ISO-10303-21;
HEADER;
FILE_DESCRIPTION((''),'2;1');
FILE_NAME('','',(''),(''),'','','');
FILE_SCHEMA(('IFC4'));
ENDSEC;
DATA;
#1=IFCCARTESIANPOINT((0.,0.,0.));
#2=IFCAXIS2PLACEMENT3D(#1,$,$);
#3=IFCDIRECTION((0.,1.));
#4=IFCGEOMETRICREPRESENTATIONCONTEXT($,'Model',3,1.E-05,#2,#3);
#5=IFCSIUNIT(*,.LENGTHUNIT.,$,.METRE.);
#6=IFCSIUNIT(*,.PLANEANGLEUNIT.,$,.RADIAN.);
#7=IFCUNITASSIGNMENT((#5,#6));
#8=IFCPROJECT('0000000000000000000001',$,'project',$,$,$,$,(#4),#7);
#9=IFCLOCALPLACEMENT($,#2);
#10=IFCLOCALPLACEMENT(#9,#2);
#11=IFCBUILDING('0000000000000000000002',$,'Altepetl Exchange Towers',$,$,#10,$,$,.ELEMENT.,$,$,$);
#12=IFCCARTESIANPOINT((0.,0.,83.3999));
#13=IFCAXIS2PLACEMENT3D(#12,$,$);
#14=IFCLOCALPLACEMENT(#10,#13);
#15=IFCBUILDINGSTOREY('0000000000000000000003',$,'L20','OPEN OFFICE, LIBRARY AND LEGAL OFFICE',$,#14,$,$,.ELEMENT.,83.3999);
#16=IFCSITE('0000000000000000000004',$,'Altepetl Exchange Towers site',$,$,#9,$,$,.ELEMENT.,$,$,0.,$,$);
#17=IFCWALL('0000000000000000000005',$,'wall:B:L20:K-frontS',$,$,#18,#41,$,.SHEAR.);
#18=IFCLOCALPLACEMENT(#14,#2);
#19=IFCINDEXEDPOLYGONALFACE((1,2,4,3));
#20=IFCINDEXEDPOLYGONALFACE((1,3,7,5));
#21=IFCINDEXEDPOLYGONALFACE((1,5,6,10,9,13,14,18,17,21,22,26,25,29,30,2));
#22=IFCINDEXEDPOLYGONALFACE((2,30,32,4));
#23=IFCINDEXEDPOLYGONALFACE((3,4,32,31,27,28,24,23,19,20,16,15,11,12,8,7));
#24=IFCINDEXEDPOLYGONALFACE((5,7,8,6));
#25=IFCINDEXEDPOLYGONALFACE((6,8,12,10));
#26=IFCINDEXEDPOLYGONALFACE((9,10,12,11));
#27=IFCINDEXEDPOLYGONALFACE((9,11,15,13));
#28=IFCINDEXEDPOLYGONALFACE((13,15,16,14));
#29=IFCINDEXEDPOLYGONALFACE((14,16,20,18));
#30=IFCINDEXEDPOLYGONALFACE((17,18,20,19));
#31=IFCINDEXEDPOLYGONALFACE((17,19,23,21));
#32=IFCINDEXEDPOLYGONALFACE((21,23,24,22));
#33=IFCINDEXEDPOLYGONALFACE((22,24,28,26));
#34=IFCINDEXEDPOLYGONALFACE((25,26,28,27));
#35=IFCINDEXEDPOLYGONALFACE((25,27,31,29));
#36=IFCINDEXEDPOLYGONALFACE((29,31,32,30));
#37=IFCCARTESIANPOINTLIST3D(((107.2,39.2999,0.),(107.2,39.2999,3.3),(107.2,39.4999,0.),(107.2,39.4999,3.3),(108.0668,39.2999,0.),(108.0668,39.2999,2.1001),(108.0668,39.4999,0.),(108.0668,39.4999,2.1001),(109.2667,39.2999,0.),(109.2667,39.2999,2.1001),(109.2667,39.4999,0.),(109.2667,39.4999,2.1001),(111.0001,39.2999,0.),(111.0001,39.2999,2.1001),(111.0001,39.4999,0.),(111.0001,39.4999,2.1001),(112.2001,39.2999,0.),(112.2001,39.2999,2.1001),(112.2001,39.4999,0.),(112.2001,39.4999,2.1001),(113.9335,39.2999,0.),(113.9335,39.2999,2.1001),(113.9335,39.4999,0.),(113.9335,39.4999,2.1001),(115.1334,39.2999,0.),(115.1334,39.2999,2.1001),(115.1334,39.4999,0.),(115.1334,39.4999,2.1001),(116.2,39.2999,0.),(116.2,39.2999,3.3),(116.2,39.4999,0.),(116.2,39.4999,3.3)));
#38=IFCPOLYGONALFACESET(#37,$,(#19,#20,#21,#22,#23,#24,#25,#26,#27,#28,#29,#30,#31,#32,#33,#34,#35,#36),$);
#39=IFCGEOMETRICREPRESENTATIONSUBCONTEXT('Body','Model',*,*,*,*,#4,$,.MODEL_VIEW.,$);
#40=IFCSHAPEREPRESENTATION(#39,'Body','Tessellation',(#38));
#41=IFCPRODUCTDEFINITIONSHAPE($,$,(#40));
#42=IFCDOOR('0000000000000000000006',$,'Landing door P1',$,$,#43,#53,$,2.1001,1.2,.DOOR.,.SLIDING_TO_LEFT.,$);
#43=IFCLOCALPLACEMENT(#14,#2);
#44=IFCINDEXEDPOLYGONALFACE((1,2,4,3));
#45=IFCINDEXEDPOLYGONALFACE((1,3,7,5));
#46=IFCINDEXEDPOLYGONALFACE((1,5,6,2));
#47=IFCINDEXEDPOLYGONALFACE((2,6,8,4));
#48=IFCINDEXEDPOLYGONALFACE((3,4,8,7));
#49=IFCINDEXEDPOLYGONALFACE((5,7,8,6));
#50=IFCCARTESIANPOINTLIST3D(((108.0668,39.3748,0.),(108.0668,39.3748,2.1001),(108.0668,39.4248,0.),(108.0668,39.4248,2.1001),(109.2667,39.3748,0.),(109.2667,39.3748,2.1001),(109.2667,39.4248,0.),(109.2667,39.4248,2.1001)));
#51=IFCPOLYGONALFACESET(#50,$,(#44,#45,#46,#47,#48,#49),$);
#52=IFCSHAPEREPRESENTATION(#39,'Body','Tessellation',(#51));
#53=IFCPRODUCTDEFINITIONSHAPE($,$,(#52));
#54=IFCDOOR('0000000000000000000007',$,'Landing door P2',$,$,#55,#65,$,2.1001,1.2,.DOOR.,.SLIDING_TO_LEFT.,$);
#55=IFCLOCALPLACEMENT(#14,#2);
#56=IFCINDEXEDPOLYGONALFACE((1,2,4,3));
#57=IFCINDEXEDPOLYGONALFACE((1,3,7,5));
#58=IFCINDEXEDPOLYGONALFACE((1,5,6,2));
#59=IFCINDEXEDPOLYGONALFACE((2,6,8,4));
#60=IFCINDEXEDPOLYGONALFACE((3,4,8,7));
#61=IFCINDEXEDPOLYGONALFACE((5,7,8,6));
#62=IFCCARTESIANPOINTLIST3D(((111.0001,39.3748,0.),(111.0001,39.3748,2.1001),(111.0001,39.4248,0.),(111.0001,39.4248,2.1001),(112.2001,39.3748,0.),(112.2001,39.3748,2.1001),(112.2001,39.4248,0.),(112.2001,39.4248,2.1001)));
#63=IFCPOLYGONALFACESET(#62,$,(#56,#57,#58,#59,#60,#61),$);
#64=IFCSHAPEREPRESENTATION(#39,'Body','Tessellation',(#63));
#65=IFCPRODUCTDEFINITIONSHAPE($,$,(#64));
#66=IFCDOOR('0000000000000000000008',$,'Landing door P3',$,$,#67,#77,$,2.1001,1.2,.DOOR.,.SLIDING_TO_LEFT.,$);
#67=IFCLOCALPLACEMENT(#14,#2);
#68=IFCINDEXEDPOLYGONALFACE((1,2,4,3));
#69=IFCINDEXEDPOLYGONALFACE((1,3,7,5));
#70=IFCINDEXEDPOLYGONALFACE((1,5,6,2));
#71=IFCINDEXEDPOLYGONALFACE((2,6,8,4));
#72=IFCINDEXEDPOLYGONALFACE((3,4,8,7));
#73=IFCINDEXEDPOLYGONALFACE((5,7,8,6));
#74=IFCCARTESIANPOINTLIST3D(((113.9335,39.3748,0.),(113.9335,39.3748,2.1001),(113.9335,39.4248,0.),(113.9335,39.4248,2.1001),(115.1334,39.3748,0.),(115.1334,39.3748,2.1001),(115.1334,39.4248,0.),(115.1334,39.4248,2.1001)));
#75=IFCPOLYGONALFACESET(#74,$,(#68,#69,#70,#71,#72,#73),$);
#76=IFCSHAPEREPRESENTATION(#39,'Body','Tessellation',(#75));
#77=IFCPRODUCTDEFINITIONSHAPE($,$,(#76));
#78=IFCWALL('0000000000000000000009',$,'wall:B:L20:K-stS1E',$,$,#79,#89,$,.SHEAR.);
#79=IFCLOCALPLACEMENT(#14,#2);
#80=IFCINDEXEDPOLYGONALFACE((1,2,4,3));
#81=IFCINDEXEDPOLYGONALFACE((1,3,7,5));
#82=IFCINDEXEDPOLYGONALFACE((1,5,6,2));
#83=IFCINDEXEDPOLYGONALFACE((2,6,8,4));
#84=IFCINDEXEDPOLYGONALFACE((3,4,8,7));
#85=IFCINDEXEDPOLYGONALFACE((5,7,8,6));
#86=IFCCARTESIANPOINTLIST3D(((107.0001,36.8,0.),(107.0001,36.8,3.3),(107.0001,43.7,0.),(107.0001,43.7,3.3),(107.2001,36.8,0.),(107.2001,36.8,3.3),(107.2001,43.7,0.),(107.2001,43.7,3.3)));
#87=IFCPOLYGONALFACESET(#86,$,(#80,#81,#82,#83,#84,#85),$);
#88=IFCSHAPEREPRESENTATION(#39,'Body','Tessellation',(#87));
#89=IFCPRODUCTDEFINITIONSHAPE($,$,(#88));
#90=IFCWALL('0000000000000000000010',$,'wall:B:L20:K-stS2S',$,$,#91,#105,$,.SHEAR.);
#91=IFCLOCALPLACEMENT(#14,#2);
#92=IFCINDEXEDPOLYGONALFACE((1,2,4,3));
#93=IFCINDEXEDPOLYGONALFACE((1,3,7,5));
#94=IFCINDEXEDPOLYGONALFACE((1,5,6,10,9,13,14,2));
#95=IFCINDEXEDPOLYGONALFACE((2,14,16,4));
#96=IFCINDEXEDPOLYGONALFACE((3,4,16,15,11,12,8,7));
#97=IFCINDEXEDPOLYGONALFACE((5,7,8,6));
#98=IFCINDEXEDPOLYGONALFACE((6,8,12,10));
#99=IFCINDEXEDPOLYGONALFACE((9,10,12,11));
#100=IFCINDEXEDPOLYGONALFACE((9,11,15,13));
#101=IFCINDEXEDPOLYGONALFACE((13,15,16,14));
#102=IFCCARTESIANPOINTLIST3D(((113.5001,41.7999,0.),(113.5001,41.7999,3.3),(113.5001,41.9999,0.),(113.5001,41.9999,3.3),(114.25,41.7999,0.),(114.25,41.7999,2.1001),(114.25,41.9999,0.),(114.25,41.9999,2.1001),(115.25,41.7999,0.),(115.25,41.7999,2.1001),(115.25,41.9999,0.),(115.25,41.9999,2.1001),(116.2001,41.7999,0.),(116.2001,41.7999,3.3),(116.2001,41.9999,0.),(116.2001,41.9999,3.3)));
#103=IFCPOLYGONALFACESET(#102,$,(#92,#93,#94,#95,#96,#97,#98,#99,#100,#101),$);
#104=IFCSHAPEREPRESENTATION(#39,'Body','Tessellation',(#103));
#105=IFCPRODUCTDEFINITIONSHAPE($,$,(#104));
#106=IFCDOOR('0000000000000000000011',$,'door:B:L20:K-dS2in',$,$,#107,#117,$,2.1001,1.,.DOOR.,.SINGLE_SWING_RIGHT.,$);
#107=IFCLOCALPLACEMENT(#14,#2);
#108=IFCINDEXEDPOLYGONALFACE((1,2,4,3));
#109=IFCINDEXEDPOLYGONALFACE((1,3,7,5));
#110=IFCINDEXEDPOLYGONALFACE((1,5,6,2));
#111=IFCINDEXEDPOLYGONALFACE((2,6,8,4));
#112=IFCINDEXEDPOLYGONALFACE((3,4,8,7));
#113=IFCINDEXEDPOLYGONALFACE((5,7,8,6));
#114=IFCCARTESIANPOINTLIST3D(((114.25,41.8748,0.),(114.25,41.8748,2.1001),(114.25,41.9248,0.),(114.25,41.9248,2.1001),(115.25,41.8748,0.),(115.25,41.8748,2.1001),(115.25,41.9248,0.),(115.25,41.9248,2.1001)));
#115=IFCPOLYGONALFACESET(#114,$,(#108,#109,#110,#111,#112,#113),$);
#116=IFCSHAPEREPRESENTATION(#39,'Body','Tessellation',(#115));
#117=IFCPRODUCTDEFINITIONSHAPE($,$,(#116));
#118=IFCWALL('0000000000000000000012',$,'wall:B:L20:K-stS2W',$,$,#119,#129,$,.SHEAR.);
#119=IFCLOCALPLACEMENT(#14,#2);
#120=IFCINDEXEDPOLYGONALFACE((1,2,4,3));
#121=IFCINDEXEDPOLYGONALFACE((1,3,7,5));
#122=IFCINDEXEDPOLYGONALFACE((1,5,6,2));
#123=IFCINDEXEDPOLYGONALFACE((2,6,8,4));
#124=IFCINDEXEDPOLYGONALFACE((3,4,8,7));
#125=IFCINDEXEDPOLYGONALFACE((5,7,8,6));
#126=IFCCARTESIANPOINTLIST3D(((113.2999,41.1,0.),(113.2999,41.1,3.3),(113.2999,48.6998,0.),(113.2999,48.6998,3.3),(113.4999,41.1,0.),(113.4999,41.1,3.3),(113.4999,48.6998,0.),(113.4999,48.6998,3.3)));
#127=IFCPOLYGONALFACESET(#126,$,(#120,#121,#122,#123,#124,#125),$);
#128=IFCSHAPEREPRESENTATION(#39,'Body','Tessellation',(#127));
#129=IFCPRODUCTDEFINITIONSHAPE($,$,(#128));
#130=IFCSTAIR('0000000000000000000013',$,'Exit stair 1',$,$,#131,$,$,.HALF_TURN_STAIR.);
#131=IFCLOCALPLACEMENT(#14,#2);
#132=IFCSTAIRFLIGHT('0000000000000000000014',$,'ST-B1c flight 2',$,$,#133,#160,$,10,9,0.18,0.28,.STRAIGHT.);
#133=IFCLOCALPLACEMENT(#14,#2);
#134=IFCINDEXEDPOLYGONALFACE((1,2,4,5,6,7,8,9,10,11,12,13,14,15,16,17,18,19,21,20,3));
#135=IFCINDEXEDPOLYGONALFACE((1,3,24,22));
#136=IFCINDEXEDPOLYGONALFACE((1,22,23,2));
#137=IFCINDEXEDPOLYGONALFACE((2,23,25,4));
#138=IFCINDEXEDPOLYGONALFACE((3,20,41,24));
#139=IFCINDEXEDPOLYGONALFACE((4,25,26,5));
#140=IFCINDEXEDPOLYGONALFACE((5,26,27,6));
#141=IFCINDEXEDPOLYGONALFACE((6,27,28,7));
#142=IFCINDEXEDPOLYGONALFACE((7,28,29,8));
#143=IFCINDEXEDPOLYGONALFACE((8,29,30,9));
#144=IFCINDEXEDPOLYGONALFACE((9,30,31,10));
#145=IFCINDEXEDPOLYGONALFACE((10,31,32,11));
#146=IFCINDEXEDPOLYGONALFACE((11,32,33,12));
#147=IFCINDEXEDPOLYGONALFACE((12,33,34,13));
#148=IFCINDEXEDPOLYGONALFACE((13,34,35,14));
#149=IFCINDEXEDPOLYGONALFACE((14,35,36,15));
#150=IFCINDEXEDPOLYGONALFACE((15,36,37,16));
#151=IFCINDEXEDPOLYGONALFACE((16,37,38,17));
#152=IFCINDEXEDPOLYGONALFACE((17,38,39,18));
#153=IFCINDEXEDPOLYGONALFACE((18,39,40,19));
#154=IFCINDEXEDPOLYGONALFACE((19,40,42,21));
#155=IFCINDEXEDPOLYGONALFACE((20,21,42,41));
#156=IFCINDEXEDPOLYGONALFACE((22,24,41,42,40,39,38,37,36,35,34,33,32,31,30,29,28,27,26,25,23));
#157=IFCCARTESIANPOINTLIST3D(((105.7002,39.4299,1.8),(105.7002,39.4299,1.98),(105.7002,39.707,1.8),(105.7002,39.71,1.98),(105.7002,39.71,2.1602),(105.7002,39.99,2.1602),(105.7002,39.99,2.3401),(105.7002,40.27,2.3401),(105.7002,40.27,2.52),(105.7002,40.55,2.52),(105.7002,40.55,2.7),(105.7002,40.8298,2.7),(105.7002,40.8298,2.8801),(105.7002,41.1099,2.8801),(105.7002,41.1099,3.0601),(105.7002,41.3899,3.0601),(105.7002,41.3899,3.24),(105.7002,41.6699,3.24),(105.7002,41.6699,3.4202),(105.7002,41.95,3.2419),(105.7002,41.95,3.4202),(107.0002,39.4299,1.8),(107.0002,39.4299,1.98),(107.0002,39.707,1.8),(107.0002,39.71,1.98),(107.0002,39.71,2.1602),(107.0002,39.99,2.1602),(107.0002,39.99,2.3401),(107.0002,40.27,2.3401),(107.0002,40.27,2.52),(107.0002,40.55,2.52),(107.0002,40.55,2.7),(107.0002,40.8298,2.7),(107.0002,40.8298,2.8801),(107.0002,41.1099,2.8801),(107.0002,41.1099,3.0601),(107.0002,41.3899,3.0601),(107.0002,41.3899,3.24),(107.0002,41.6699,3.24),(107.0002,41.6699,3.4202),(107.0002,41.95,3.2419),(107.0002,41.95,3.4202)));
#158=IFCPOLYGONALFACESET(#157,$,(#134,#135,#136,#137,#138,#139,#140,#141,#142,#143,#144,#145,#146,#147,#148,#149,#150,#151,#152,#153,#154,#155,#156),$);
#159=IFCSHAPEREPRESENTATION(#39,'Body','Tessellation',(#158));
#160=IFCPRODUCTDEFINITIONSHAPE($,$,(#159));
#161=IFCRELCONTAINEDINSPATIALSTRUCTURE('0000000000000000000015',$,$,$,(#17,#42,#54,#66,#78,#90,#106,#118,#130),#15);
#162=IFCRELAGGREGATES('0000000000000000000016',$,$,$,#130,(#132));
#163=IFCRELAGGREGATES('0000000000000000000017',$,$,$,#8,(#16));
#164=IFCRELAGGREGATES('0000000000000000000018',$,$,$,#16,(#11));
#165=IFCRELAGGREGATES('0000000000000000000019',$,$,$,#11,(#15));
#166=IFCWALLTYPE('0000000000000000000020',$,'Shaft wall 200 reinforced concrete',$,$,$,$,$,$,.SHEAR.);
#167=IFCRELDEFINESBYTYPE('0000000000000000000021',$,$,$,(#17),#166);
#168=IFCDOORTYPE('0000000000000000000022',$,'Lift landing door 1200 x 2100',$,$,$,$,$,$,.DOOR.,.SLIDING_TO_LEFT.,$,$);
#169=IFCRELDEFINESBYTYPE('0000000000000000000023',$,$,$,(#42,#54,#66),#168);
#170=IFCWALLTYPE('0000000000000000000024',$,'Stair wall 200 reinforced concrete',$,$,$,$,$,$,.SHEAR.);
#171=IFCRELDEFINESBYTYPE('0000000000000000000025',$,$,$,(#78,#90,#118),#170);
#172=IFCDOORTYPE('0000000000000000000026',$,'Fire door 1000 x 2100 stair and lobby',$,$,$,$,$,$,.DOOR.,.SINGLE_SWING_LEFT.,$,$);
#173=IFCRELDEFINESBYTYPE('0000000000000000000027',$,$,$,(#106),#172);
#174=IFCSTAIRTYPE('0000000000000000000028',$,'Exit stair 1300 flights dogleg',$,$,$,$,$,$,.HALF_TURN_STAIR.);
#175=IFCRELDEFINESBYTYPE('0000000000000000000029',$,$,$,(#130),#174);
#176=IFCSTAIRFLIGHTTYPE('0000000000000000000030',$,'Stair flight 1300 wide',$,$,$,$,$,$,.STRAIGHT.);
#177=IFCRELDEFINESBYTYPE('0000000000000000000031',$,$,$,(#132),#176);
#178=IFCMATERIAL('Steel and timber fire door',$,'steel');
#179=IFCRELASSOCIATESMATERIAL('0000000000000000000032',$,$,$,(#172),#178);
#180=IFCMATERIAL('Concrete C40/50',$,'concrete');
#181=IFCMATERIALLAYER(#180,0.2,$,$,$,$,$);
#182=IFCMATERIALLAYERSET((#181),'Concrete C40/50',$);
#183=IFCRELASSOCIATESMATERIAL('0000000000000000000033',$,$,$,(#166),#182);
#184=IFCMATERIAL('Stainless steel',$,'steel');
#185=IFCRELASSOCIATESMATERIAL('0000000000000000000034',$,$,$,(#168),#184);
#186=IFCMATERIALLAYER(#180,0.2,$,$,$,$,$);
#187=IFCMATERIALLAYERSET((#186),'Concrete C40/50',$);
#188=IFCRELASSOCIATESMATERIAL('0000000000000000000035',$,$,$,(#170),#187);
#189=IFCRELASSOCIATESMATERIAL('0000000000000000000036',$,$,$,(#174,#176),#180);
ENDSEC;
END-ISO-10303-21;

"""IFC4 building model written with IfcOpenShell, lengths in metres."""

from ifc_helpers import new_model, si_unit, direction, frame, frame_2d, origin, place, context, subcontext, project, spatial, polyline, rectangle, outline, extrude, material, layer, layer_set, type_object, element, fill, aggregate, save


model = new_model("IFC4")

# Units and contexts
model_context = context("Model", 3, precision=1e-05, world=origin(), true_north=direction((0.0, 1.0)))
body_context = subcontext(model_context, "Body", "Model", "MODEL_VIEW")
ifc_project = project(units=[si_unit("LENGTHUNIT", "METRE"), si_unit("PLANEANGLEUNIT", "RADIAN")], contexts=[model_context])

# Site, building, storey
site_placement = place(None, origin())
site = spatial("IfcSite", under=ifc_project, at=site_placement, Name="Altepetl Exchange Towers site", CompositionType="ELEMENT", RefElevation=0.0)
building_placement = place(site_placement, origin())
building = spatial("IfcBuilding", under=site, at=building_placement, Name="Altepetl Exchange Towers", CompositionType="ELEMENT")
storey_placement = place(building_placement, frame((0.0, 0.0, 83.3999)))
storey = spatial("IfcBuildingStorey", under=building, at=storey_placement, Name="L20", Description="OPEN OFFICE, LIBRARY AND LEGAL OFFICE", CompositionType="ELEMENT", Elevation=83.3999)

# Shared definitions
ifc_material_1 = material(Name="Steel and timber fire door", Category="steel")
door_type_1 = type_object("IfcDoorType", Name="Fire door 1000 x 2100 stair and lobby", OperationType="SINGLE_SWING_LEFT", PredefinedType="DOOR", material=ifc_material_1)

# Shared definitions
ifc_material_2 = material(Name="Concrete C40/50", Category="concrete")
ifc_layer_1 = layer(ifc_material_2, 0.2)
ifc_layer_set_1 = layer_set([ifc_layer_1], Name="Concrete C40/50")
wall_type_1 = type_object("IfcWallType", Name="Shaft wall 200 reinforced concrete", PredefinedType="SHEAR", material=ifc_layer_set_1)

# Wall, openings, doors
wall_1_placement = place(storey_placement, frame((107.2, 39.3999, 0.0)))
wall_1 = element("IfcWall", 1, at=wall_1_placement, inside=storey, type_object=wall_type_1, Name="wall:B:L20:K-frontS", PredefinedType="SHEAR", context=body_context, shape_type="SweptSolid", body=[
    extrude(rectangle(XDim=9.0, YDim=0.2, at=frame_2d((4.5, 0.0))), origin(), (0.0, 0.0, 1.0), 3.3),
])
opening_1_placement = place(wall_1_placement, frame((0.8667, 0.0, 0.0)))
opening_1 = element("IfcOpeningElement", 2, at=opening_1_placement, cuts=wall_1, PredefinedType="OPENING", context=body_context, shape_type="SweptSolid", body=[
    extrude(rectangle(XDim=1.2, YDim=2.1001, at=frame_2d((0.6001, 1.05))), frame((0.0, 0.1099, 0.0), z_axis=(0.0, -1.0, 0.0), x_axis=(1.0, 0.0, 0.0)), (0.0, 0.0, 1.0), 0.22),
])
opening_2_placement = place(wall_1_placement, frame((3.8, 0.0, 0.0)))
opening_2 = element("IfcOpeningElement", 3, at=opening_2_placement, cuts=wall_1, PredefinedType="OPENING", context=body_context, shape_type="SweptSolid", body=[
    extrude(rectangle(XDim=1.2, YDim=2.1001, at=frame_2d((0.6001, 1.05))), frame((0.0, 0.1099, 0.0), z_axis=(0.0, -1.0, 0.0), x_axis=(1.0, 0.0, 0.0)), (0.0, 0.0, 1.0), 0.22),
])
opening_3_placement = place(wall_1_placement, frame((6.7334, 0.0, 0.0)))
opening_3 = element("IfcOpeningElement", 4, at=opening_3_placement, cuts=wall_1, PredefinedType="OPENING", context=body_context, shape_type="SweptSolid", body=[
    extrude(rectangle(XDim=1.2, YDim=2.1001, at=frame_2d((0.6001, 1.05))), frame((0.0, 0.1099, 0.0), z_axis=(0.0, -1.0, 0.0), x_axis=(1.0, 0.0, 0.0)), (0.0, 0.0, 1.0), 0.22),
])
ifc_material_3 = material(Name="Stainless steel", Category="steel")
door_type_2 = type_object("IfcDoorType", Name="Lift landing door 1200 x 2100", OperationType="SLIDING_TO_LEFT", PredefinedType="DOOR", material=ifc_material_3)
door_1_placement = place(opening_1_placement, origin())
door_1 = element("IfcDoor", 5, at=door_1_placement, inside=storey, type_object=door_type_2, Name="Landing door P1", OperationType="SLIDING_TO_LEFT", OverallHeight=2.1001, OverallWidth=1.2, PredefinedType="DOOR", context=body_context, shape_type="SweptSolid", body=[
    extrude(rectangle(XDim=1.2, YDim=2.1001, at=frame_2d((0.6001, 1.05))), frame((0.0, 0.0249, 0.0), z_axis=(0.0, -1.0, 0.0), x_axis=(1.0, 0.0, 0.0)), (0.0, 0.0, 1.0), 0.05),
])
fill(opening_1, door_1)
door_2_placement = place(opening_2_placement, origin())
door_2 = element("IfcDoor", 6, at=door_2_placement, inside=storey, type_object=door_type_2, Name="Landing door P2", OperationType="SLIDING_TO_LEFT", OverallHeight=2.1001, OverallWidth=1.2, PredefinedType="DOOR", context=body_context, shape_type="SweptSolid", body=[
    extrude(rectangle(XDim=1.2, YDim=2.1001, at=frame_2d((0.6001, 1.05))), frame((0.0, 0.0249, 0.0), z_axis=(0.0, -1.0, 0.0), x_axis=(1.0, 0.0, 0.0)), (0.0, 0.0, 1.0), 0.05),
])
fill(opening_2, door_2)
door_3_placement = place(opening_3_placement, origin())
door_3 = element("IfcDoor", 7, at=door_3_placement, inside=storey, type_object=door_type_2, Name="Landing door P3", OperationType="SLIDING_TO_LEFT", OverallHeight=2.1001, OverallWidth=1.2, PredefinedType="DOOR", context=body_context, shape_type="SweptSolid", body=[
    extrude(rectangle(XDim=1.2, YDim=2.1001, at=frame_2d((0.6001, 1.05))), frame((0.0, 0.0249, 0.0), z_axis=(0.0, -1.0, 0.0), x_axis=(1.0, 0.0, 0.0)), (0.0, 0.0, 1.0), 0.05),
])
fill(opening_3, door_3)

# Wall
ifc_layer_2 = layer(ifc_material_2, 0.2)
ifc_layer_set_2 = layer_set([ifc_layer_2], Name="Concrete C40/50")
wall_type_2 = type_object("IfcWallType", Name="Stair wall 200 reinforced concrete", PredefinedType="SHEAR", material=ifc_layer_set_2)
wall_2_placement = place(storey_placement, frame((107.1001, 36.8, 0.0), z_axis=(0.0, 0.0, 1.0), x_axis=(0.0, 1.0, 0.0)))
element("IfcWall", 8, at=wall_2_placement, inside=storey, type_object=wall_type_2, Name="wall:B:L20:K-stS1E", PredefinedType="SHEAR", context=body_context, shape_type="SweptSolid", body=[
    extrude(rectangle(XDim=6.8999, YDim=0.2, at=frame_2d((3.45, 0.0))), origin(), (0.0, 0.0, 1.0), 3.3),
])

# Wall, opening, door
wall_3_placement = place(storey_placement, frame((113.5, 41.8999, 0.0)))
wall_3 = element("IfcWall", 9, at=wall_3_placement, inside=storey, type_object=wall_type_2, Name="wall:B:L20:K-stS2S", PredefinedType="SHEAR", context=body_context, shape_type="SweptSolid", body=[
    extrude(rectangle(XDim=2.7, YDim=0.2, at=frame_2d((1.3501, 0.0))), origin(), (0.0, 0.0, 1.0), 3.3),
])
opening_4_placement = place(wall_3_placement, frame((0.75, 0.0, 0.0)))
opening_4 = element("IfcOpeningElement", 10, at=opening_4_placement, cuts=wall_3, PredefinedType="OPENING", context=body_context, shape_type="SweptSolid", body=[
    extrude(rectangle(XDim=1.0, YDim=2.1001, at=frame_2d((0.5, 1.05))), frame((0.0, 0.1099, 0.0), z_axis=(0.0, -1.0, 0.0), x_axis=(1.0, 0.0, 0.0)), (0.0, 0.0, 1.0), 0.22),
])
door_4_placement = place(opening_4_placement, origin())
door_4 = element("IfcDoor", 11, at=door_4_placement, inside=storey, type_object=door_type_1, Name="door:B:L20:K-dS2in", OperationType="SINGLE_SWING_RIGHT", OverallHeight=2.1001, OverallWidth=1.0, PredefinedType="DOOR", context=body_context, shape_type="SweptSolid", body=[
    extrude(rectangle(XDim=1.0, YDim=2.1001, at=frame_2d((0.5, 1.05))), frame((0.0, 0.0249, 0.0), z_axis=(0.0, -1.0, 0.0), x_axis=(1.0, 0.0, 0.0)), (0.0, 0.0, 1.0), 0.05),
])
fill(opening_4, door_4)

# Wall
wall_4_placement = place(storey_placement, frame((113.3999, 41.1001, 0.0), z_axis=(0.0, 0.0, 1.0), x_axis=(0.0, 1.0, 0.0)))
element("IfcWall", 12, at=wall_4_placement, inside=storey, type_object=wall_type_2, Name="wall:B:L20:K-stS2W", PredefinedType="SHEAR", context=body_context, shape_type="SweptSolid", body=[
    extrude(rectangle(XDim=7.5999, YDim=0.2, at=frame_2d((3.7998, 0.0))), origin(), (0.0, 0.0, 1.0), 3.3),
])

# Stair, stair flight
stair_type = type_object("IfcStairType", Name="Exit stair 1300 flights dogleg", PredefinedType="HALF_TURN_STAIR", material=ifc_material_2)
stair_placement = place(storey_placement, origin())
stair = element("IfcStair", 13, at=stair_placement, inside=storey, type_object=stair_type, Name="Exit stair 1", PredefinedType="HALF_TURN_STAIR")
stair_flight_type = type_object("IfcStairFlightType", Name="Stair flight 1300 wide", PredefinedType="STRAIGHT", material=ifc_material_2)
stair_flight_placement = place(storey_placement, frame((106.3501, 39.4299, 1.8), z_axis=(0.0, 0.0, 1.0), x_axis=(0.0, 1.0, 0.0)))
stair_flight = element("IfcStairFlight", 14, at=stair_flight_placement, type_object=stair_flight_type, Name="ST-B1c flight 2", NumberOfRisers=10, NumberOfTreads=9, PredefinedType="STRAIGHT", RiserHeight=0.18, TreadLength=0.28, context=body_context, shape_type="SweptSolid", body=[
    extrude(outline(polyline([(0.0, 0.0), (0.0, 0.1799), (0.28, 0.1799), (0.28, 0.3601), (0.5601, 0.3601), (0.5601, 0.54), (0.8401, 0.54), (0.8401, 0.72), (1.1201, 0.72), (1.1201, 0.8999), (1.3999, 0.8999), (1.3999, 1.0801), (1.6799, 1.0801), (1.6799, 1.26), (1.96, 1.26), (1.96, 1.4399), (2.24, 1.4399), (2.24, 1.6201), (2.52, 1.6201), (2.52, 1.8), (2.52, 1.4419), (0.2771, 0.0), (0.0, 0.0)])), frame((0.0, 0.6499, 0.0), z_axis=(0.0, -1.0, 0.0), x_axis=(1.0, 0.0, 0.0)), (0.0, 0.0, 1.0), 1.3),
])
aggregate(stair, [stair_flight])

save(model, "model.ifc")
